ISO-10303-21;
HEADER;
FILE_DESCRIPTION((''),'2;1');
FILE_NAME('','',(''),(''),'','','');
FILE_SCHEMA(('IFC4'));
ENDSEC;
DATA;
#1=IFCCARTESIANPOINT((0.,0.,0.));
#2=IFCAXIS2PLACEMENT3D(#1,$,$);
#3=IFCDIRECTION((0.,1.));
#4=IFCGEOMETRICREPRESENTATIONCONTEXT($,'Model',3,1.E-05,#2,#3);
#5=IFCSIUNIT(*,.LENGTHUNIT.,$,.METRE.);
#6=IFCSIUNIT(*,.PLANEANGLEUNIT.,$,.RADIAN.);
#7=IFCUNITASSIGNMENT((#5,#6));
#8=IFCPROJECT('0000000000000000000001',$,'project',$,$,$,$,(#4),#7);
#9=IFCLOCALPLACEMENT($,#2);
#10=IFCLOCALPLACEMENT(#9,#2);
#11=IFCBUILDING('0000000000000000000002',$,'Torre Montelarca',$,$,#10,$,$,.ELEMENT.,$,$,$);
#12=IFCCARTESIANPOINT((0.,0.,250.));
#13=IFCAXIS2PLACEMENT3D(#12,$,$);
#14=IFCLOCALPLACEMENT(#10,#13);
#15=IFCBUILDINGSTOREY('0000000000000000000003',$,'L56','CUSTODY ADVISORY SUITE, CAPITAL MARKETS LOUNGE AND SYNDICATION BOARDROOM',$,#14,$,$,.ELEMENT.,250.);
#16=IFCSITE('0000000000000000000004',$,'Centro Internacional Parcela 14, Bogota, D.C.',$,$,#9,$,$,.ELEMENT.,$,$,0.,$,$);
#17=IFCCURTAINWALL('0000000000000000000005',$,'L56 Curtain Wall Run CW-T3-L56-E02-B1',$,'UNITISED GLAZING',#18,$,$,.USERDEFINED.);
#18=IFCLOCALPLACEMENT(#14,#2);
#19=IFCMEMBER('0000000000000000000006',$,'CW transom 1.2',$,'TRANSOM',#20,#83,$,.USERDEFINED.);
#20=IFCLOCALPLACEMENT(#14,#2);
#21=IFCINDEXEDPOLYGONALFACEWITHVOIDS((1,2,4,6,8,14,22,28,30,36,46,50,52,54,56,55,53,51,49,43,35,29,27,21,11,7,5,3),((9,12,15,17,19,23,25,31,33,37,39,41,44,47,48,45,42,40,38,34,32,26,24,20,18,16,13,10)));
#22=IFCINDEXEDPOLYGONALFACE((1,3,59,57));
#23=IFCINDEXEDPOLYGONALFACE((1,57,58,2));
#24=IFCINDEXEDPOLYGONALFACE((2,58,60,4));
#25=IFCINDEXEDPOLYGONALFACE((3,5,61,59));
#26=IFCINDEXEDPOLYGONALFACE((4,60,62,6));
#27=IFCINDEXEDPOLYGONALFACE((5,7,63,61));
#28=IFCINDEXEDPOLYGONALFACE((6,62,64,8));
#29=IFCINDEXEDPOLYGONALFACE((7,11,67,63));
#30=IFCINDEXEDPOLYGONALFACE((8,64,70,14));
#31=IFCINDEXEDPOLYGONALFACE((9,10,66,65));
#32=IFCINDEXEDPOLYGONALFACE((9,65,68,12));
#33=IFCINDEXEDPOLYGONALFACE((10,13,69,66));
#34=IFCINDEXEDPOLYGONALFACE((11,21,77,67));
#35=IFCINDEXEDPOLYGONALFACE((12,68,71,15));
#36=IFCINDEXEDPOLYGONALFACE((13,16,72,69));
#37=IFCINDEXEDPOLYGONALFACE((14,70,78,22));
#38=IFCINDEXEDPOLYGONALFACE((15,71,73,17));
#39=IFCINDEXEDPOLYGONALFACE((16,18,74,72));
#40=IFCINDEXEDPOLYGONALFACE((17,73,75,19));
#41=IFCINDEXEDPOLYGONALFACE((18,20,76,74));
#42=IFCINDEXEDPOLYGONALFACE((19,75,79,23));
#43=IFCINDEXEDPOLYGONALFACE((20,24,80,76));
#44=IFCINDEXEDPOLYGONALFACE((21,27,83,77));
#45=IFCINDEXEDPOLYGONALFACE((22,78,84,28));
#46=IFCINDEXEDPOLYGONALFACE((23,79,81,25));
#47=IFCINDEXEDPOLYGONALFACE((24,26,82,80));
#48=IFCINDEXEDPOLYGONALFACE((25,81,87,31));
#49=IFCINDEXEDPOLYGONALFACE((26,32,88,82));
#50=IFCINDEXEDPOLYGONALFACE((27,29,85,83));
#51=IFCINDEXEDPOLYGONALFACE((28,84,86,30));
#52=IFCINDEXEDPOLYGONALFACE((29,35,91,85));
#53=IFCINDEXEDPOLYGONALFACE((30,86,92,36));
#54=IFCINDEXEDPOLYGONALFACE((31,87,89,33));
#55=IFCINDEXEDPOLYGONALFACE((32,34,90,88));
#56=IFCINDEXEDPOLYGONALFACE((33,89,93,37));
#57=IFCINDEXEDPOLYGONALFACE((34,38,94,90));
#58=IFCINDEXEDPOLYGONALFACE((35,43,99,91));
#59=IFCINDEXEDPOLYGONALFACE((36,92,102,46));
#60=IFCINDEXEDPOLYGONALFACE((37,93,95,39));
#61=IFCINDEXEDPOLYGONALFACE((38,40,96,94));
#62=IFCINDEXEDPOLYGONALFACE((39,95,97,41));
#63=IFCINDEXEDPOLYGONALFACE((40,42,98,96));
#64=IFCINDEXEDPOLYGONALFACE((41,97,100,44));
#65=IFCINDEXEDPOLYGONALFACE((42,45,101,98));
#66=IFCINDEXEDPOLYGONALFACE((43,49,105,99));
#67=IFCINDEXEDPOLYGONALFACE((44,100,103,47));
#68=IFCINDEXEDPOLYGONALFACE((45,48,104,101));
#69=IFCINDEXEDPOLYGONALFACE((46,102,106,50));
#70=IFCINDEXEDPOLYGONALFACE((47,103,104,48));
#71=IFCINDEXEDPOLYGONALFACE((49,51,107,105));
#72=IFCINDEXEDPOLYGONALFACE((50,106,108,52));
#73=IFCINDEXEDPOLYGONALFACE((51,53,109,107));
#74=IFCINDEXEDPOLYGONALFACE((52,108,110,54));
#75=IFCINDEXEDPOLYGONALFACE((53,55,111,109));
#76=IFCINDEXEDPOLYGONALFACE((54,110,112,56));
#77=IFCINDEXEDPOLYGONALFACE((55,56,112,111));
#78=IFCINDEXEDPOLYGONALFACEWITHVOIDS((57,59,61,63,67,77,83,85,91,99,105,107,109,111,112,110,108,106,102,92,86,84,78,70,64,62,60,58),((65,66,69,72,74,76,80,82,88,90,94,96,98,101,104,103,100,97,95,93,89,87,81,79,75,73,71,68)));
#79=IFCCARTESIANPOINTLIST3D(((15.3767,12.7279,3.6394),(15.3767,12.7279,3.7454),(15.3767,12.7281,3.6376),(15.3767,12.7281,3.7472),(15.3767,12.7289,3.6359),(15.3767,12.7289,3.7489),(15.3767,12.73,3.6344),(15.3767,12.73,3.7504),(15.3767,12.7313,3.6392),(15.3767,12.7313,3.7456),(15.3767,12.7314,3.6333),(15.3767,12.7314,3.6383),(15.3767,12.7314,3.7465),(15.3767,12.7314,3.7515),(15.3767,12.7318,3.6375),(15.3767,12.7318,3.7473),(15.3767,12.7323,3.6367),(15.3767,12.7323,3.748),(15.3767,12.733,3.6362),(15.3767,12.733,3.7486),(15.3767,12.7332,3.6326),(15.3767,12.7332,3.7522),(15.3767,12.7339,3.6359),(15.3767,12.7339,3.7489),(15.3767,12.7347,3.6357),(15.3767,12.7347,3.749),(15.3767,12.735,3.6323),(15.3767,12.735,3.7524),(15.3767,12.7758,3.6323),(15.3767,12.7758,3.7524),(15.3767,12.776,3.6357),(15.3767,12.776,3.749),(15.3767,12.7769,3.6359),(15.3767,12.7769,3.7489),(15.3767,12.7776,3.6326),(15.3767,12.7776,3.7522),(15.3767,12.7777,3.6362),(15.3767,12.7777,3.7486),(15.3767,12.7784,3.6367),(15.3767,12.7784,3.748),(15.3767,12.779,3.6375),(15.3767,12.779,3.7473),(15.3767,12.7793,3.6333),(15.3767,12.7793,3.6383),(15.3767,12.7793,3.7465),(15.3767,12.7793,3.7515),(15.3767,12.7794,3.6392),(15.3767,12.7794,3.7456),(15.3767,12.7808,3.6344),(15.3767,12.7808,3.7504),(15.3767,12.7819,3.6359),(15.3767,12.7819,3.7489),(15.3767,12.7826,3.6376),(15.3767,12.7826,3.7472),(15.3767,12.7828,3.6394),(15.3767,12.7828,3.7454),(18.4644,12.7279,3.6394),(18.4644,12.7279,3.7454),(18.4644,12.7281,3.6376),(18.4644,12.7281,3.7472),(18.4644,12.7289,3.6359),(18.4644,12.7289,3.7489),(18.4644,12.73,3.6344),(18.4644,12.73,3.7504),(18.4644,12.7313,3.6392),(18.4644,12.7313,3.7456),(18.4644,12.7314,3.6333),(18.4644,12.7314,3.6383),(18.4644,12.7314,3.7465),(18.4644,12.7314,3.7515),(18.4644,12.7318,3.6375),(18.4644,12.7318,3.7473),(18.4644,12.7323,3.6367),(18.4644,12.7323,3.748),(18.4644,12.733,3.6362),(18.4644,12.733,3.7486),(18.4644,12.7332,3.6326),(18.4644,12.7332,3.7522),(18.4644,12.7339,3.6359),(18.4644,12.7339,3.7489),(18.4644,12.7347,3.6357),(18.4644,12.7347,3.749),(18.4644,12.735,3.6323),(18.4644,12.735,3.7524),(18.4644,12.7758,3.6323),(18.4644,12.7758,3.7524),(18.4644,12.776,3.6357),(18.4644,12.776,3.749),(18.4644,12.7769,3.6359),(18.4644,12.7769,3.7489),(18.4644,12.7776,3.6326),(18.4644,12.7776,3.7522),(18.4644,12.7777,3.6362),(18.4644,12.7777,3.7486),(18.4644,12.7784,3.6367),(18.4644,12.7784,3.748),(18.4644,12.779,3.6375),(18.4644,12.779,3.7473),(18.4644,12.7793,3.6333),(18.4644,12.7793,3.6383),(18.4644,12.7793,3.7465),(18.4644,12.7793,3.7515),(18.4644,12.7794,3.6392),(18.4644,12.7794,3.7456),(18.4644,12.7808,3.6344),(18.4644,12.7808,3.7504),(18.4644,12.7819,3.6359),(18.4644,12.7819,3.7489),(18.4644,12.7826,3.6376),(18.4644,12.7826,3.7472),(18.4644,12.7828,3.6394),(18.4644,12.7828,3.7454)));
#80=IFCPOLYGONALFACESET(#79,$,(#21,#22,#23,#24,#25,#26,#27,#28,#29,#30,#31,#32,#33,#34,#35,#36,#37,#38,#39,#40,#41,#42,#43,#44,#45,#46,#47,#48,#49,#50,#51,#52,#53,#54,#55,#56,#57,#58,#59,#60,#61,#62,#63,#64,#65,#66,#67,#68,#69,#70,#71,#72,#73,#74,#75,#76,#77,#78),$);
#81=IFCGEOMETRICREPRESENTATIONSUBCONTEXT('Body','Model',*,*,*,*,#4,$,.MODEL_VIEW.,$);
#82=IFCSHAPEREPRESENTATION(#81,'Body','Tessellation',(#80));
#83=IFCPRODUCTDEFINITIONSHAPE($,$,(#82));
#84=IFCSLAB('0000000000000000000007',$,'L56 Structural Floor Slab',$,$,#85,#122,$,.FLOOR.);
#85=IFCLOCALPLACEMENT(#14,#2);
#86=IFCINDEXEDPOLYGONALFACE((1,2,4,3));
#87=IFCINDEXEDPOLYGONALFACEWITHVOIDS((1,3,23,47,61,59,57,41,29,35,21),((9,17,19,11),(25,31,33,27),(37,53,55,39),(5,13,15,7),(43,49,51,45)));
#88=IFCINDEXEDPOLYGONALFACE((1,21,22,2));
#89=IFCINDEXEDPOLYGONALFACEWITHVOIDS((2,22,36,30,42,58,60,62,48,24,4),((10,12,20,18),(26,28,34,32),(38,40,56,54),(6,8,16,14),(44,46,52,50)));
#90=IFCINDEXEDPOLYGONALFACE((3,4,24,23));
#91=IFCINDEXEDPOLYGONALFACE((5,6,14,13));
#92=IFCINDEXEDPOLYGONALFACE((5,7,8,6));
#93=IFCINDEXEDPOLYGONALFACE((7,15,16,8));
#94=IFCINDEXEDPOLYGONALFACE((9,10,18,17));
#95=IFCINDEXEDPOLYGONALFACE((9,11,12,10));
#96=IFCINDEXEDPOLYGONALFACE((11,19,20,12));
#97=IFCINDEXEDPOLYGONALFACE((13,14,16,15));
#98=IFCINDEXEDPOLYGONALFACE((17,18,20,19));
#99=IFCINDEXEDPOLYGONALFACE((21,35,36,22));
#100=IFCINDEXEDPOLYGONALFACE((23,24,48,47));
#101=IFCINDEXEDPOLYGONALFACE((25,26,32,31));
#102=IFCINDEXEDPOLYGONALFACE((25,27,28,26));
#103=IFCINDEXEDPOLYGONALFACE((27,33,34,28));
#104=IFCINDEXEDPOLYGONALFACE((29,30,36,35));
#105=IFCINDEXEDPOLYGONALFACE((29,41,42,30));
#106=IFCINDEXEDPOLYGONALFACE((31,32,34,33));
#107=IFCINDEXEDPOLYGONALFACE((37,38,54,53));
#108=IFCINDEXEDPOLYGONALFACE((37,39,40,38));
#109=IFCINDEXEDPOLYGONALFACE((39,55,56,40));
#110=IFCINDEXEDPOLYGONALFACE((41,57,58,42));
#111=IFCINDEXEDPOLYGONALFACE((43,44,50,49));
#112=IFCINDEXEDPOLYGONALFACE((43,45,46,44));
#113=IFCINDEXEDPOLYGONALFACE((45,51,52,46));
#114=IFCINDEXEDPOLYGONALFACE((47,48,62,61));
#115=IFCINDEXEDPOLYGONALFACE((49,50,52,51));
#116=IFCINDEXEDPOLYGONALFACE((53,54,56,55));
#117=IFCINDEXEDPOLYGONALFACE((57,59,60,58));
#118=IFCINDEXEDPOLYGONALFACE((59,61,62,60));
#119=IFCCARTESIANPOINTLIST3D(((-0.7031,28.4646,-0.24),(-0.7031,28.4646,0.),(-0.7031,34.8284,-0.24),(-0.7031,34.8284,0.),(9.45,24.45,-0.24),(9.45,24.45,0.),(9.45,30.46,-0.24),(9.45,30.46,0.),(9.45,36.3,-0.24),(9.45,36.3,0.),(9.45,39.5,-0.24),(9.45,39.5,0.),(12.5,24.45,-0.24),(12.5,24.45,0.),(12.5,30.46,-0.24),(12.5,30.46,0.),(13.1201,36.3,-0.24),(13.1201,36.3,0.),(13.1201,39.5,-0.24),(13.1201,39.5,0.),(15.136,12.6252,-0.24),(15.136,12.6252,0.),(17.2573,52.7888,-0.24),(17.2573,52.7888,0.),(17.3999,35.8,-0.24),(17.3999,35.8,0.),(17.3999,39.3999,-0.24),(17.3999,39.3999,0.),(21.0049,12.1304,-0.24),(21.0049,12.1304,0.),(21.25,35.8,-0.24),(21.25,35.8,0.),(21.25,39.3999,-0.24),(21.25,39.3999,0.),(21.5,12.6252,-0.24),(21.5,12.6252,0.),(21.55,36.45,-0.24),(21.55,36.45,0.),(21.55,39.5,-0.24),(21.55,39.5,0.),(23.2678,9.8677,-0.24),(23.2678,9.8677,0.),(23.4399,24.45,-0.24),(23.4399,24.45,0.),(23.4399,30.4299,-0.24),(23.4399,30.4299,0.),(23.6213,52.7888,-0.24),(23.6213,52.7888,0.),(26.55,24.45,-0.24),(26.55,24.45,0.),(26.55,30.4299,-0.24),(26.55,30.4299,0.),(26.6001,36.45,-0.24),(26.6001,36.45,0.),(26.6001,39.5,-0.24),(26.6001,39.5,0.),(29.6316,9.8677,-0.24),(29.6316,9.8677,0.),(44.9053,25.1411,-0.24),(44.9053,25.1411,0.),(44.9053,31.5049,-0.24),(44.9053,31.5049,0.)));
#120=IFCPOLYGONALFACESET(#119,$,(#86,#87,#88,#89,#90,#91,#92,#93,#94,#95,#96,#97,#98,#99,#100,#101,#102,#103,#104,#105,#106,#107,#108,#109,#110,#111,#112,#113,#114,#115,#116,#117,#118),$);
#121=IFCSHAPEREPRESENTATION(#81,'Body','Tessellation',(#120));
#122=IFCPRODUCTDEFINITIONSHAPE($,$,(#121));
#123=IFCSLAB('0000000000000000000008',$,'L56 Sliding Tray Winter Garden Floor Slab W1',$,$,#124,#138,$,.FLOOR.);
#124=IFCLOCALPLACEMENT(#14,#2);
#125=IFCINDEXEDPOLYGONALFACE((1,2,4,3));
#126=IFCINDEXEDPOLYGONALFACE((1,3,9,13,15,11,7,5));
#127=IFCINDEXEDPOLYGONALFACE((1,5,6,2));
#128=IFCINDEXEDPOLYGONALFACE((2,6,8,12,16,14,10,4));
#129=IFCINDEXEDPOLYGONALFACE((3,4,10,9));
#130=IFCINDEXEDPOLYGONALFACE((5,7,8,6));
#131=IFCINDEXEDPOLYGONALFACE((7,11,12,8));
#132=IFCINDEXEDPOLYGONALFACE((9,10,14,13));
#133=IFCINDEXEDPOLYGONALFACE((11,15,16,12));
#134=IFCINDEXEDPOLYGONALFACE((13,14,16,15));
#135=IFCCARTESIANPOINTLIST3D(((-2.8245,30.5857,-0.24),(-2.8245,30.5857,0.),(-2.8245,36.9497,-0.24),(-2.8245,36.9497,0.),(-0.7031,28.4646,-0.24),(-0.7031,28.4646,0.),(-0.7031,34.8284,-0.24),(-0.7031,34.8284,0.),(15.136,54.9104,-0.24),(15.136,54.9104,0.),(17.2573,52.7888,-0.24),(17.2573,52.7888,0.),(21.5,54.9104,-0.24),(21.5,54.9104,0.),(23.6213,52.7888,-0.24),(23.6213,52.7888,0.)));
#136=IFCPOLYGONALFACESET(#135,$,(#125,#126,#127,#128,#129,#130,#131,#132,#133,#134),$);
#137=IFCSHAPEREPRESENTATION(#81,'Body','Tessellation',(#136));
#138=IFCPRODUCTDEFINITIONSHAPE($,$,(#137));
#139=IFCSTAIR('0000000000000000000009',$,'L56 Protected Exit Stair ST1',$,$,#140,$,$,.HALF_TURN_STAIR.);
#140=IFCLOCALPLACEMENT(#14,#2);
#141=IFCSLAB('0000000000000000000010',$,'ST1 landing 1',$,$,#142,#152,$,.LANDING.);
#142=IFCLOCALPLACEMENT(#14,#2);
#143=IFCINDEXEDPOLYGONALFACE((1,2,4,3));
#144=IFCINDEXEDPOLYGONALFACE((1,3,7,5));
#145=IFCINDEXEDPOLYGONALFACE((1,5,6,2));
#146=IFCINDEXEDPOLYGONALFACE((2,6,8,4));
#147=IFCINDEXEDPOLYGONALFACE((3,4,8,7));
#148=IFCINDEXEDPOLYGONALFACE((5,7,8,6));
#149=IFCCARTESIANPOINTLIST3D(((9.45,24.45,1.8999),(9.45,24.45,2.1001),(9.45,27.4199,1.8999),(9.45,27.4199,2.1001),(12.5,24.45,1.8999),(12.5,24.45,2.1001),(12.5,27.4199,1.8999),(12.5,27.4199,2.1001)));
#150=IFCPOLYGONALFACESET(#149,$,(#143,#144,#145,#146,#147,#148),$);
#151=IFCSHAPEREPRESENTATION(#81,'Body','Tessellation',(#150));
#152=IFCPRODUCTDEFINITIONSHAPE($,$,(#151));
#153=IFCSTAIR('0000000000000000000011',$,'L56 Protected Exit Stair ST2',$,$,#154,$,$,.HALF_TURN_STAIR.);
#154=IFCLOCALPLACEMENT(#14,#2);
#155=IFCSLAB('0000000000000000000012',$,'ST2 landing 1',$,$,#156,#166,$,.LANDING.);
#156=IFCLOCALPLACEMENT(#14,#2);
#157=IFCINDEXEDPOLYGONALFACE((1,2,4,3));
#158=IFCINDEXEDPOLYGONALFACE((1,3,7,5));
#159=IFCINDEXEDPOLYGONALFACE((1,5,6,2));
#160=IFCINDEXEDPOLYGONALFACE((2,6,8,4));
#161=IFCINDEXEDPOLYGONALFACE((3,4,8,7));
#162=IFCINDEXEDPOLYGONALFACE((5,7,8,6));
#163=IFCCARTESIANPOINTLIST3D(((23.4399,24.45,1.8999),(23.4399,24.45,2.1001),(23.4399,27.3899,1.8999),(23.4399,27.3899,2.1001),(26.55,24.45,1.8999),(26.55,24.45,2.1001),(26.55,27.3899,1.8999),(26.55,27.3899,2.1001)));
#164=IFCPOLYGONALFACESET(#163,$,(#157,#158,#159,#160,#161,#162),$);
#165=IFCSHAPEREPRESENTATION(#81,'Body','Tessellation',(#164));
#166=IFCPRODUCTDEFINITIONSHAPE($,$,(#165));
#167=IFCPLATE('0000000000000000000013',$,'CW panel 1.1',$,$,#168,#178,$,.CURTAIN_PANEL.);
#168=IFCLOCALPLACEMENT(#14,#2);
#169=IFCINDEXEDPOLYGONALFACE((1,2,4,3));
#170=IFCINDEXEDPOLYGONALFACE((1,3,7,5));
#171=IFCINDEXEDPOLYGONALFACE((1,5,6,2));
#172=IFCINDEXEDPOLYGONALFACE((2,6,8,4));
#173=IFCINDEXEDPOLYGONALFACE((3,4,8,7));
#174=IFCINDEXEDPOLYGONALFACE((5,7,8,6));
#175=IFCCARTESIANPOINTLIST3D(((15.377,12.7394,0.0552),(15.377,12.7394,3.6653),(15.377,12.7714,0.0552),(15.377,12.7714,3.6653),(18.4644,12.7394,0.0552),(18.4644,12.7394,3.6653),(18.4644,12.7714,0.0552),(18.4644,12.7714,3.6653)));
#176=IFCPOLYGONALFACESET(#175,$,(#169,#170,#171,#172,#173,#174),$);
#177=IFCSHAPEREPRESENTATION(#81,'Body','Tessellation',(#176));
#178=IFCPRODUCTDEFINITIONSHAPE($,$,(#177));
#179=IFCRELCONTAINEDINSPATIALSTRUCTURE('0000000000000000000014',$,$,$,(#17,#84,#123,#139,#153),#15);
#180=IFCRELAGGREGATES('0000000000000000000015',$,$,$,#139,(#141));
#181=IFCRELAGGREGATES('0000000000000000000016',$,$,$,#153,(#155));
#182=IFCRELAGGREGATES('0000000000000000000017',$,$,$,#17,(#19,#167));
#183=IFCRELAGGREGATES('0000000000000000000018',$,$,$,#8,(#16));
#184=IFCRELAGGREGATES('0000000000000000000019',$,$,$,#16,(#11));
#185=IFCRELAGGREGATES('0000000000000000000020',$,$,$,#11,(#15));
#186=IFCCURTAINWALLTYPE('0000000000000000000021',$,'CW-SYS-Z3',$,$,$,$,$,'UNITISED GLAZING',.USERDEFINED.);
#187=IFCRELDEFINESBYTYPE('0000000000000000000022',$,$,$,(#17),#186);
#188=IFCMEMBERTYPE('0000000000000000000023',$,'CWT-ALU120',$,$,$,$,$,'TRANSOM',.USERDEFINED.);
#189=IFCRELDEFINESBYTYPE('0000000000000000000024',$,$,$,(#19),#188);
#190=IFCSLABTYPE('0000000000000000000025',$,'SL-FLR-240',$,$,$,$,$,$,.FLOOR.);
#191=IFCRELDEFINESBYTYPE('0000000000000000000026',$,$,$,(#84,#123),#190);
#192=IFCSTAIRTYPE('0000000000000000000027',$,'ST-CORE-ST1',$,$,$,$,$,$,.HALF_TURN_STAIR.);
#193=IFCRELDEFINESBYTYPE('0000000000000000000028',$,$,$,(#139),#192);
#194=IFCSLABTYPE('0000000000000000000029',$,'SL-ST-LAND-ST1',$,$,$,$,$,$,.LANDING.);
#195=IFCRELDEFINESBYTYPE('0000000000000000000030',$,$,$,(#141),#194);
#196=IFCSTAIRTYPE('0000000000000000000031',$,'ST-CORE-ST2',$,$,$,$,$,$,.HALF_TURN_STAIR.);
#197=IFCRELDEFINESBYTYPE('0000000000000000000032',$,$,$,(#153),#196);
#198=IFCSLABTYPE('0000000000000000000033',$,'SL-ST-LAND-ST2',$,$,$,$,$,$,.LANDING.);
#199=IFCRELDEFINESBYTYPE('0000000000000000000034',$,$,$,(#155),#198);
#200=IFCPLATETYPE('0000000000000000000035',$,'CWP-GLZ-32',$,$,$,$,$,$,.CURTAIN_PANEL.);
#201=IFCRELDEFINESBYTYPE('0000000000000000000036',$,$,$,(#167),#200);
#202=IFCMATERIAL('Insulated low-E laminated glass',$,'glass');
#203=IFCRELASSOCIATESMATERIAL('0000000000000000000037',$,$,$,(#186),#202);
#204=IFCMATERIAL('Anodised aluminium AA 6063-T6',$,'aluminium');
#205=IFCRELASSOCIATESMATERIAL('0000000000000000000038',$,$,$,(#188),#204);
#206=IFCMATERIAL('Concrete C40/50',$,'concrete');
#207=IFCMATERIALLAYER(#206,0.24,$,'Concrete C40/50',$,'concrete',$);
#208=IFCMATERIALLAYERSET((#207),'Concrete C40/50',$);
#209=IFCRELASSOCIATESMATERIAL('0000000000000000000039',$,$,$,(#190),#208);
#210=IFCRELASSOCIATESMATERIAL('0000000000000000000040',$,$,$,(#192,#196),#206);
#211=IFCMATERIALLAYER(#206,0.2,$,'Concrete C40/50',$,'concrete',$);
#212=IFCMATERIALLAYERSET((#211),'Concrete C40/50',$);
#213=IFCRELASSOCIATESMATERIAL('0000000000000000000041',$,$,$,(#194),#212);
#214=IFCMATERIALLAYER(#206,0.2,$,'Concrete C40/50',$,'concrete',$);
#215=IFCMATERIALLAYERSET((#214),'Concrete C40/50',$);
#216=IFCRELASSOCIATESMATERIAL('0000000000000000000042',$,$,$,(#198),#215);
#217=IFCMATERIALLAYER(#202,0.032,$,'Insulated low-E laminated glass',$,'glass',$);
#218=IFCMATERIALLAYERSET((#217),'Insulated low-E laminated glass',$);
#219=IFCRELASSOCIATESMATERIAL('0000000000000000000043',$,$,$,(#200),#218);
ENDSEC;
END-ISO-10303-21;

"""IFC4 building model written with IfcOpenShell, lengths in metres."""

from ifc_helpers import new_model, si_unit, direction, frame, origin, origin_2d, place, context, subcontext, project, spatial, polyline, rectangle, hollow_rectangle, outline, extrude, source, transform, mapped, material, layer, layer_set, material_profile, profile_set, type_object, element, aggregate, save


model = new_model("IFC4")

# Units and contexts
model_context = context("Model", 3, precision=1e-05, world=origin(), true_north=direction((0.0, 1.0)))
body_context = subcontext(model_context, "Body", "Model", "MODEL_VIEW")
ifc_project = project(units=[si_unit("LENGTHUNIT", "METRE"), si_unit("PLANEANGLEUNIT", "RADIAN")], contexts=[model_context])

# Site, building, storey
site_placement = place(None, origin())
site = spatial("IfcSite", under=ifc_project, at=site_placement, Name="Centro Internacional Parcela 14, Bogota, D.C.", CompositionType="ELEMENT", RefElevation=0.0)
building_placement = place(site_placement, origin())
building = spatial("IfcBuilding", under=site, at=building_placement, Name="Torre Montelarca", CompositionType="ELEMENT")
storey_placement = place(building_placement, frame((0.0, 0.0, 250.0)))
storey = spatial("IfcBuildingStorey", under=building, at=storey_placement, Name="L56", Description="CUSTODY ADVISORY SUITE, CAPITAL MARKETS LOUNGE AND SYNDICATION BOARDROOM", CompositionType="ELEMENT", Elevation=250.0)

# Curtain wall
ifc_material_1 = material(Name="Insulated low-E laminated glass", Category="glass")
curtain_wall_type = type_object("IfcCurtainWallType", Name="CW-SYS-Z3", ElementType="UNITISED GLAZING", PredefinedType="USERDEFINED", material=ifc_material_1)
curtain_wall_1_placement = place(storey_placement, origin())
curtain_wall_1 = element("IfcCurtainWall", 1, at=curtain_wall_1_placement, inside=storey, type_object=curtain_wall_type, Name="L56 Curtain Wall Run CW-T3-L56-E02-B1", ObjectType="UNITISED GLAZING", PredefinedType="USERDEFINED")
ifc_material_2 = material(Name="Anodised aluminium AA 6063-T6", Category="aluminium")
ifc_material_profile_1 = material_profile(ifc_material_2, hollow_rectangle(XDim=0.0549, YDim=0.1201, WallThickness=0.0034, InnerFilletRadius=0.0034, OuterFilletRadius=0.0071, at=origin_2d()), Name="ALU55X120X3.5", Category="aluminium")
ifc_profile_set_1 = profile_set([ifc_material_profile_1], Name="Anodised aluminium AA 6063-T6")
member_type_1 = type_object("IfcMemberType", Name="CWT-ALU120", ElementType="TRANSOM", PredefinedType="USERDEFINED", material=ifc_profile_set_1)

# Member
shared_shape_1 = source(origin(), body_context, "Body", "SweptSolid", [
    extrude(hollow_rectangle(XDim=0.0549, YDim=0.1201, WallThickness=0.0034, InnerFilletRadius=0.0034, OuterFilletRadius=0.0071, at=origin_2d()), origin(), (0.0, 0.0, 1.0), 3.0876),
])
member_1_placement = place(storey_placement, frame((15.3767, 12.7554, 3.6924), z_axis=(1.0, 0.0, 0.0), x_axis=(0.0, 1.0, 0.0)))
member_1 = element("IfcMember", 2, at=member_1_placement, type_object=member_type_1, Name="CW transom 1.2", ObjectType="TRANSOM", PredefinedType="USERDEFINED", context=body_context, shape_type="MappedRepresentation", body=[
    mapped(shared_shape_1, transform((0.0, 0.0, 0.0), scale=1.0)),
])

# Slabs
ifc_material_3 = material(Name="Concrete C40/50", Category="concrete")
ifc_layer_1 = layer(ifc_material_3, 0.24, Name="Concrete C40/50", Category="concrete")
ifc_layer_set_1 = layer_set([ifc_layer_1], Name="Concrete C40/50")
slab_type_1 = type_object("IfcSlabType", Name="SL-FLR-240", PredefinedType="FLOOR", material=ifc_layer_set_1)
slab_1_placement = place(storey_placement, frame((0.0, 0.0, -0.24)))
element("IfcSlab", 3, at=slab_1_placement, inside=storey, type_object=slab_type_1, Name="L56 Structural Floor Slab", PredefinedType="FLOOR", context=body_context, shape_type="SweptSolid", body=[
    extrude(outline(polyline([(15.136, 12.6252), (21.5, 12.6252), (21.0049, 12.1304), (23.2678, 9.8677), (29.6316, 9.8677), (44.9053, 25.1411), (44.9053, 31.5049), (23.6213, 52.7888), (17.2573, 52.7888), (-0.7031, 34.8284), (-0.7031, 28.4646), (15.136, 12.6252)]), holes=[polyline([(26.55, 24.45), (23.4399, 24.45), (23.4399, 30.4299), (26.55, 30.4299), (26.55, 24.45)]), polyline([(12.5, 24.45), (9.45, 24.45), (9.45, 30.46), (12.5, 30.46), (12.5, 24.45)]), polyline([(21.25, 39.3999), (21.25, 35.8), (17.3999, 35.8), (17.3999, 39.3999), (21.25, 39.3999)]), polyline([(13.1201, 36.3), (9.45, 36.3), (9.45, 39.5), (13.1201, 39.5), (13.1201, 36.3)]), polyline([(26.6001, 36.45), (21.55, 36.45), (21.55, 39.5), (26.6001, 39.5), (26.6001, 36.45)])]), origin(), (0.0, 0.0, 1.0), 0.24),
])
slab_2_placement = place(storey_placement, frame((0.0, 0.0, -0.24)))
element("IfcSlab", 4, at=slab_2_placement, inside=storey, type_object=slab_type_1, Name="L56 Sliding Tray Winter Garden Floor Slab W1", PredefinedType="FLOOR", context=body_context, shape_type="SweptSolid", body=[
    extrude(outline(polyline([(-0.7031, 28.4646), (-0.7031, 34.8284), (17.2573, 52.7888), (23.6213, 52.7888), (21.5, 54.9104), (15.136, 54.9104), (-2.8245, 36.9497), (-2.8245, 30.5857), (-0.7031, 28.4646)])), origin(), (0.0, 0.0, 1.0), 0.24),
])

# Stairs, slabs
stair_type_1 = type_object("IfcStairType", Name="ST-CORE-ST1", PredefinedType="HALF_TURN_STAIR", material=ifc_material_3)
stair_1_placement = place(storey_placement, origin())
stair_1 = element("IfcStair", 5, at=stair_1_placement, inside=storey, type_object=stair_type_1, Name="L56 Protected Exit Stair ST1", PredefinedType="HALF_TURN_STAIR")
ifc_layer_2 = layer(ifc_material_3, 0.2, Name="Concrete C40/50", Category="concrete")
ifc_layer_set_2 = layer_set([ifc_layer_2], Name="Concrete C40/50")
slab_type_2 = type_object("IfcSlabType", Name="SL-ST-LAND-ST1", PredefinedType="LANDING", material=ifc_layer_set_2)
slab_3_placement = place(storey_placement, frame((0.0, 0.0, 1.8999)))
slab_3 = element("IfcSlab", 6, at=slab_3_placement, type_object=slab_type_2, Name="ST1 landing 1", PredefinedType="LANDING", context=body_context, shape_type="SweptSolid", body=[
    extrude(outline(polyline([(9.45, 27.4199), (9.45, 24.45), (12.5, 24.45), (12.5, 27.4199), (9.45, 27.4199)])), origin(), (0.0, 0.0, 1.0), 0.2002),
])
aggregate(stair_1, [slab_3])
stair_type_2 = type_object("IfcStairType", Name="ST-CORE-ST2", PredefinedType="HALF_TURN_STAIR", material=ifc_material_3)
stair_2_placement = place(storey_placement, origin())
stair_2 = element("IfcStair", 7, at=stair_2_placement, inside=storey, type_object=stair_type_2, Name="L56 Protected Exit Stair ST2", PredefinedType="HALF_TURN_STAIR")
ifc_layer_3 = layer(ifc_material_3, 0.2, Name="Concrete C40/50", Category="concrete")
ifc_layer_set_3 = layer_set([ifc_layer_3], Name="Concrete C40/50")
slab_type_3 = type_object("IfcSlabType", Name="SL-ST-LAND-ST2", PredefinedType="LANDING", material=ifc_layer_set_3)
slab_4_placement = place(storey_placement, frame((0.0, 0.0, 1.8999)))
slab_4 = element("IfcSlab", 8, at=slab_4_placement, type_object=slab_type_3, Name="ST2 landing 1", PredefinedType="LANDING", context=body_context, shape_type="SweptSolid", body=[
    extrude(outline(polyline([(23.4399, 27.3899), (23.4399, 24.45), (26.55, 24.45), (26.55, 27.3899), (23.4399, 27.3899)])), origin(), (0.0, 0.0, 1.0), 0.2002),
])
aggregate(stair_2, [slab_4])

# Plate
ifc_layer_4 = layer(ifc_material_1, 0.032, Name="Insulated low-E laminated glass", Category="glass")
ifc_layer_set_4 = layer_set([ifc_layer_4], Name="Insulated low-E laminated glass")
plate_type = type_object("IfcPlateType", Name="CWP-GLZ-32", PredefinedType="CURTAIN_PANEL", material=ifc_layer_set_4)
shared_shape_2 = source(origin(), body_context, "Body", "SweptSolid", [
    extrude(rectangle(XDim=3.0874, YDim=0.032, at=origin_2d()), origin(), (0.0, 0.0, 1.0), 3.6101),
])
plate_1_placement = place(storey_placement, frame((16.9207, 12.7554, 0.0552), z_axis=(0.0, 0.0, 1.0), x_axis=(1.0, 0.0, 0.0)))
plate_1 = element("IfcPlate", 9, at=plate_1_placement, type_object=plate_type, Name="CW panel 1.1", PredefinedType="CURTAIN_PANEL", context=body_context, shape_type="MappedRepresentation", body=[
    mapped(shared_shape_2, transform((0.0, 0.0, 0.0), scale=1.0)),
])
aggregate(curtain_wall_1, [member_1, plate_1])

save(model, "model.ifc")
